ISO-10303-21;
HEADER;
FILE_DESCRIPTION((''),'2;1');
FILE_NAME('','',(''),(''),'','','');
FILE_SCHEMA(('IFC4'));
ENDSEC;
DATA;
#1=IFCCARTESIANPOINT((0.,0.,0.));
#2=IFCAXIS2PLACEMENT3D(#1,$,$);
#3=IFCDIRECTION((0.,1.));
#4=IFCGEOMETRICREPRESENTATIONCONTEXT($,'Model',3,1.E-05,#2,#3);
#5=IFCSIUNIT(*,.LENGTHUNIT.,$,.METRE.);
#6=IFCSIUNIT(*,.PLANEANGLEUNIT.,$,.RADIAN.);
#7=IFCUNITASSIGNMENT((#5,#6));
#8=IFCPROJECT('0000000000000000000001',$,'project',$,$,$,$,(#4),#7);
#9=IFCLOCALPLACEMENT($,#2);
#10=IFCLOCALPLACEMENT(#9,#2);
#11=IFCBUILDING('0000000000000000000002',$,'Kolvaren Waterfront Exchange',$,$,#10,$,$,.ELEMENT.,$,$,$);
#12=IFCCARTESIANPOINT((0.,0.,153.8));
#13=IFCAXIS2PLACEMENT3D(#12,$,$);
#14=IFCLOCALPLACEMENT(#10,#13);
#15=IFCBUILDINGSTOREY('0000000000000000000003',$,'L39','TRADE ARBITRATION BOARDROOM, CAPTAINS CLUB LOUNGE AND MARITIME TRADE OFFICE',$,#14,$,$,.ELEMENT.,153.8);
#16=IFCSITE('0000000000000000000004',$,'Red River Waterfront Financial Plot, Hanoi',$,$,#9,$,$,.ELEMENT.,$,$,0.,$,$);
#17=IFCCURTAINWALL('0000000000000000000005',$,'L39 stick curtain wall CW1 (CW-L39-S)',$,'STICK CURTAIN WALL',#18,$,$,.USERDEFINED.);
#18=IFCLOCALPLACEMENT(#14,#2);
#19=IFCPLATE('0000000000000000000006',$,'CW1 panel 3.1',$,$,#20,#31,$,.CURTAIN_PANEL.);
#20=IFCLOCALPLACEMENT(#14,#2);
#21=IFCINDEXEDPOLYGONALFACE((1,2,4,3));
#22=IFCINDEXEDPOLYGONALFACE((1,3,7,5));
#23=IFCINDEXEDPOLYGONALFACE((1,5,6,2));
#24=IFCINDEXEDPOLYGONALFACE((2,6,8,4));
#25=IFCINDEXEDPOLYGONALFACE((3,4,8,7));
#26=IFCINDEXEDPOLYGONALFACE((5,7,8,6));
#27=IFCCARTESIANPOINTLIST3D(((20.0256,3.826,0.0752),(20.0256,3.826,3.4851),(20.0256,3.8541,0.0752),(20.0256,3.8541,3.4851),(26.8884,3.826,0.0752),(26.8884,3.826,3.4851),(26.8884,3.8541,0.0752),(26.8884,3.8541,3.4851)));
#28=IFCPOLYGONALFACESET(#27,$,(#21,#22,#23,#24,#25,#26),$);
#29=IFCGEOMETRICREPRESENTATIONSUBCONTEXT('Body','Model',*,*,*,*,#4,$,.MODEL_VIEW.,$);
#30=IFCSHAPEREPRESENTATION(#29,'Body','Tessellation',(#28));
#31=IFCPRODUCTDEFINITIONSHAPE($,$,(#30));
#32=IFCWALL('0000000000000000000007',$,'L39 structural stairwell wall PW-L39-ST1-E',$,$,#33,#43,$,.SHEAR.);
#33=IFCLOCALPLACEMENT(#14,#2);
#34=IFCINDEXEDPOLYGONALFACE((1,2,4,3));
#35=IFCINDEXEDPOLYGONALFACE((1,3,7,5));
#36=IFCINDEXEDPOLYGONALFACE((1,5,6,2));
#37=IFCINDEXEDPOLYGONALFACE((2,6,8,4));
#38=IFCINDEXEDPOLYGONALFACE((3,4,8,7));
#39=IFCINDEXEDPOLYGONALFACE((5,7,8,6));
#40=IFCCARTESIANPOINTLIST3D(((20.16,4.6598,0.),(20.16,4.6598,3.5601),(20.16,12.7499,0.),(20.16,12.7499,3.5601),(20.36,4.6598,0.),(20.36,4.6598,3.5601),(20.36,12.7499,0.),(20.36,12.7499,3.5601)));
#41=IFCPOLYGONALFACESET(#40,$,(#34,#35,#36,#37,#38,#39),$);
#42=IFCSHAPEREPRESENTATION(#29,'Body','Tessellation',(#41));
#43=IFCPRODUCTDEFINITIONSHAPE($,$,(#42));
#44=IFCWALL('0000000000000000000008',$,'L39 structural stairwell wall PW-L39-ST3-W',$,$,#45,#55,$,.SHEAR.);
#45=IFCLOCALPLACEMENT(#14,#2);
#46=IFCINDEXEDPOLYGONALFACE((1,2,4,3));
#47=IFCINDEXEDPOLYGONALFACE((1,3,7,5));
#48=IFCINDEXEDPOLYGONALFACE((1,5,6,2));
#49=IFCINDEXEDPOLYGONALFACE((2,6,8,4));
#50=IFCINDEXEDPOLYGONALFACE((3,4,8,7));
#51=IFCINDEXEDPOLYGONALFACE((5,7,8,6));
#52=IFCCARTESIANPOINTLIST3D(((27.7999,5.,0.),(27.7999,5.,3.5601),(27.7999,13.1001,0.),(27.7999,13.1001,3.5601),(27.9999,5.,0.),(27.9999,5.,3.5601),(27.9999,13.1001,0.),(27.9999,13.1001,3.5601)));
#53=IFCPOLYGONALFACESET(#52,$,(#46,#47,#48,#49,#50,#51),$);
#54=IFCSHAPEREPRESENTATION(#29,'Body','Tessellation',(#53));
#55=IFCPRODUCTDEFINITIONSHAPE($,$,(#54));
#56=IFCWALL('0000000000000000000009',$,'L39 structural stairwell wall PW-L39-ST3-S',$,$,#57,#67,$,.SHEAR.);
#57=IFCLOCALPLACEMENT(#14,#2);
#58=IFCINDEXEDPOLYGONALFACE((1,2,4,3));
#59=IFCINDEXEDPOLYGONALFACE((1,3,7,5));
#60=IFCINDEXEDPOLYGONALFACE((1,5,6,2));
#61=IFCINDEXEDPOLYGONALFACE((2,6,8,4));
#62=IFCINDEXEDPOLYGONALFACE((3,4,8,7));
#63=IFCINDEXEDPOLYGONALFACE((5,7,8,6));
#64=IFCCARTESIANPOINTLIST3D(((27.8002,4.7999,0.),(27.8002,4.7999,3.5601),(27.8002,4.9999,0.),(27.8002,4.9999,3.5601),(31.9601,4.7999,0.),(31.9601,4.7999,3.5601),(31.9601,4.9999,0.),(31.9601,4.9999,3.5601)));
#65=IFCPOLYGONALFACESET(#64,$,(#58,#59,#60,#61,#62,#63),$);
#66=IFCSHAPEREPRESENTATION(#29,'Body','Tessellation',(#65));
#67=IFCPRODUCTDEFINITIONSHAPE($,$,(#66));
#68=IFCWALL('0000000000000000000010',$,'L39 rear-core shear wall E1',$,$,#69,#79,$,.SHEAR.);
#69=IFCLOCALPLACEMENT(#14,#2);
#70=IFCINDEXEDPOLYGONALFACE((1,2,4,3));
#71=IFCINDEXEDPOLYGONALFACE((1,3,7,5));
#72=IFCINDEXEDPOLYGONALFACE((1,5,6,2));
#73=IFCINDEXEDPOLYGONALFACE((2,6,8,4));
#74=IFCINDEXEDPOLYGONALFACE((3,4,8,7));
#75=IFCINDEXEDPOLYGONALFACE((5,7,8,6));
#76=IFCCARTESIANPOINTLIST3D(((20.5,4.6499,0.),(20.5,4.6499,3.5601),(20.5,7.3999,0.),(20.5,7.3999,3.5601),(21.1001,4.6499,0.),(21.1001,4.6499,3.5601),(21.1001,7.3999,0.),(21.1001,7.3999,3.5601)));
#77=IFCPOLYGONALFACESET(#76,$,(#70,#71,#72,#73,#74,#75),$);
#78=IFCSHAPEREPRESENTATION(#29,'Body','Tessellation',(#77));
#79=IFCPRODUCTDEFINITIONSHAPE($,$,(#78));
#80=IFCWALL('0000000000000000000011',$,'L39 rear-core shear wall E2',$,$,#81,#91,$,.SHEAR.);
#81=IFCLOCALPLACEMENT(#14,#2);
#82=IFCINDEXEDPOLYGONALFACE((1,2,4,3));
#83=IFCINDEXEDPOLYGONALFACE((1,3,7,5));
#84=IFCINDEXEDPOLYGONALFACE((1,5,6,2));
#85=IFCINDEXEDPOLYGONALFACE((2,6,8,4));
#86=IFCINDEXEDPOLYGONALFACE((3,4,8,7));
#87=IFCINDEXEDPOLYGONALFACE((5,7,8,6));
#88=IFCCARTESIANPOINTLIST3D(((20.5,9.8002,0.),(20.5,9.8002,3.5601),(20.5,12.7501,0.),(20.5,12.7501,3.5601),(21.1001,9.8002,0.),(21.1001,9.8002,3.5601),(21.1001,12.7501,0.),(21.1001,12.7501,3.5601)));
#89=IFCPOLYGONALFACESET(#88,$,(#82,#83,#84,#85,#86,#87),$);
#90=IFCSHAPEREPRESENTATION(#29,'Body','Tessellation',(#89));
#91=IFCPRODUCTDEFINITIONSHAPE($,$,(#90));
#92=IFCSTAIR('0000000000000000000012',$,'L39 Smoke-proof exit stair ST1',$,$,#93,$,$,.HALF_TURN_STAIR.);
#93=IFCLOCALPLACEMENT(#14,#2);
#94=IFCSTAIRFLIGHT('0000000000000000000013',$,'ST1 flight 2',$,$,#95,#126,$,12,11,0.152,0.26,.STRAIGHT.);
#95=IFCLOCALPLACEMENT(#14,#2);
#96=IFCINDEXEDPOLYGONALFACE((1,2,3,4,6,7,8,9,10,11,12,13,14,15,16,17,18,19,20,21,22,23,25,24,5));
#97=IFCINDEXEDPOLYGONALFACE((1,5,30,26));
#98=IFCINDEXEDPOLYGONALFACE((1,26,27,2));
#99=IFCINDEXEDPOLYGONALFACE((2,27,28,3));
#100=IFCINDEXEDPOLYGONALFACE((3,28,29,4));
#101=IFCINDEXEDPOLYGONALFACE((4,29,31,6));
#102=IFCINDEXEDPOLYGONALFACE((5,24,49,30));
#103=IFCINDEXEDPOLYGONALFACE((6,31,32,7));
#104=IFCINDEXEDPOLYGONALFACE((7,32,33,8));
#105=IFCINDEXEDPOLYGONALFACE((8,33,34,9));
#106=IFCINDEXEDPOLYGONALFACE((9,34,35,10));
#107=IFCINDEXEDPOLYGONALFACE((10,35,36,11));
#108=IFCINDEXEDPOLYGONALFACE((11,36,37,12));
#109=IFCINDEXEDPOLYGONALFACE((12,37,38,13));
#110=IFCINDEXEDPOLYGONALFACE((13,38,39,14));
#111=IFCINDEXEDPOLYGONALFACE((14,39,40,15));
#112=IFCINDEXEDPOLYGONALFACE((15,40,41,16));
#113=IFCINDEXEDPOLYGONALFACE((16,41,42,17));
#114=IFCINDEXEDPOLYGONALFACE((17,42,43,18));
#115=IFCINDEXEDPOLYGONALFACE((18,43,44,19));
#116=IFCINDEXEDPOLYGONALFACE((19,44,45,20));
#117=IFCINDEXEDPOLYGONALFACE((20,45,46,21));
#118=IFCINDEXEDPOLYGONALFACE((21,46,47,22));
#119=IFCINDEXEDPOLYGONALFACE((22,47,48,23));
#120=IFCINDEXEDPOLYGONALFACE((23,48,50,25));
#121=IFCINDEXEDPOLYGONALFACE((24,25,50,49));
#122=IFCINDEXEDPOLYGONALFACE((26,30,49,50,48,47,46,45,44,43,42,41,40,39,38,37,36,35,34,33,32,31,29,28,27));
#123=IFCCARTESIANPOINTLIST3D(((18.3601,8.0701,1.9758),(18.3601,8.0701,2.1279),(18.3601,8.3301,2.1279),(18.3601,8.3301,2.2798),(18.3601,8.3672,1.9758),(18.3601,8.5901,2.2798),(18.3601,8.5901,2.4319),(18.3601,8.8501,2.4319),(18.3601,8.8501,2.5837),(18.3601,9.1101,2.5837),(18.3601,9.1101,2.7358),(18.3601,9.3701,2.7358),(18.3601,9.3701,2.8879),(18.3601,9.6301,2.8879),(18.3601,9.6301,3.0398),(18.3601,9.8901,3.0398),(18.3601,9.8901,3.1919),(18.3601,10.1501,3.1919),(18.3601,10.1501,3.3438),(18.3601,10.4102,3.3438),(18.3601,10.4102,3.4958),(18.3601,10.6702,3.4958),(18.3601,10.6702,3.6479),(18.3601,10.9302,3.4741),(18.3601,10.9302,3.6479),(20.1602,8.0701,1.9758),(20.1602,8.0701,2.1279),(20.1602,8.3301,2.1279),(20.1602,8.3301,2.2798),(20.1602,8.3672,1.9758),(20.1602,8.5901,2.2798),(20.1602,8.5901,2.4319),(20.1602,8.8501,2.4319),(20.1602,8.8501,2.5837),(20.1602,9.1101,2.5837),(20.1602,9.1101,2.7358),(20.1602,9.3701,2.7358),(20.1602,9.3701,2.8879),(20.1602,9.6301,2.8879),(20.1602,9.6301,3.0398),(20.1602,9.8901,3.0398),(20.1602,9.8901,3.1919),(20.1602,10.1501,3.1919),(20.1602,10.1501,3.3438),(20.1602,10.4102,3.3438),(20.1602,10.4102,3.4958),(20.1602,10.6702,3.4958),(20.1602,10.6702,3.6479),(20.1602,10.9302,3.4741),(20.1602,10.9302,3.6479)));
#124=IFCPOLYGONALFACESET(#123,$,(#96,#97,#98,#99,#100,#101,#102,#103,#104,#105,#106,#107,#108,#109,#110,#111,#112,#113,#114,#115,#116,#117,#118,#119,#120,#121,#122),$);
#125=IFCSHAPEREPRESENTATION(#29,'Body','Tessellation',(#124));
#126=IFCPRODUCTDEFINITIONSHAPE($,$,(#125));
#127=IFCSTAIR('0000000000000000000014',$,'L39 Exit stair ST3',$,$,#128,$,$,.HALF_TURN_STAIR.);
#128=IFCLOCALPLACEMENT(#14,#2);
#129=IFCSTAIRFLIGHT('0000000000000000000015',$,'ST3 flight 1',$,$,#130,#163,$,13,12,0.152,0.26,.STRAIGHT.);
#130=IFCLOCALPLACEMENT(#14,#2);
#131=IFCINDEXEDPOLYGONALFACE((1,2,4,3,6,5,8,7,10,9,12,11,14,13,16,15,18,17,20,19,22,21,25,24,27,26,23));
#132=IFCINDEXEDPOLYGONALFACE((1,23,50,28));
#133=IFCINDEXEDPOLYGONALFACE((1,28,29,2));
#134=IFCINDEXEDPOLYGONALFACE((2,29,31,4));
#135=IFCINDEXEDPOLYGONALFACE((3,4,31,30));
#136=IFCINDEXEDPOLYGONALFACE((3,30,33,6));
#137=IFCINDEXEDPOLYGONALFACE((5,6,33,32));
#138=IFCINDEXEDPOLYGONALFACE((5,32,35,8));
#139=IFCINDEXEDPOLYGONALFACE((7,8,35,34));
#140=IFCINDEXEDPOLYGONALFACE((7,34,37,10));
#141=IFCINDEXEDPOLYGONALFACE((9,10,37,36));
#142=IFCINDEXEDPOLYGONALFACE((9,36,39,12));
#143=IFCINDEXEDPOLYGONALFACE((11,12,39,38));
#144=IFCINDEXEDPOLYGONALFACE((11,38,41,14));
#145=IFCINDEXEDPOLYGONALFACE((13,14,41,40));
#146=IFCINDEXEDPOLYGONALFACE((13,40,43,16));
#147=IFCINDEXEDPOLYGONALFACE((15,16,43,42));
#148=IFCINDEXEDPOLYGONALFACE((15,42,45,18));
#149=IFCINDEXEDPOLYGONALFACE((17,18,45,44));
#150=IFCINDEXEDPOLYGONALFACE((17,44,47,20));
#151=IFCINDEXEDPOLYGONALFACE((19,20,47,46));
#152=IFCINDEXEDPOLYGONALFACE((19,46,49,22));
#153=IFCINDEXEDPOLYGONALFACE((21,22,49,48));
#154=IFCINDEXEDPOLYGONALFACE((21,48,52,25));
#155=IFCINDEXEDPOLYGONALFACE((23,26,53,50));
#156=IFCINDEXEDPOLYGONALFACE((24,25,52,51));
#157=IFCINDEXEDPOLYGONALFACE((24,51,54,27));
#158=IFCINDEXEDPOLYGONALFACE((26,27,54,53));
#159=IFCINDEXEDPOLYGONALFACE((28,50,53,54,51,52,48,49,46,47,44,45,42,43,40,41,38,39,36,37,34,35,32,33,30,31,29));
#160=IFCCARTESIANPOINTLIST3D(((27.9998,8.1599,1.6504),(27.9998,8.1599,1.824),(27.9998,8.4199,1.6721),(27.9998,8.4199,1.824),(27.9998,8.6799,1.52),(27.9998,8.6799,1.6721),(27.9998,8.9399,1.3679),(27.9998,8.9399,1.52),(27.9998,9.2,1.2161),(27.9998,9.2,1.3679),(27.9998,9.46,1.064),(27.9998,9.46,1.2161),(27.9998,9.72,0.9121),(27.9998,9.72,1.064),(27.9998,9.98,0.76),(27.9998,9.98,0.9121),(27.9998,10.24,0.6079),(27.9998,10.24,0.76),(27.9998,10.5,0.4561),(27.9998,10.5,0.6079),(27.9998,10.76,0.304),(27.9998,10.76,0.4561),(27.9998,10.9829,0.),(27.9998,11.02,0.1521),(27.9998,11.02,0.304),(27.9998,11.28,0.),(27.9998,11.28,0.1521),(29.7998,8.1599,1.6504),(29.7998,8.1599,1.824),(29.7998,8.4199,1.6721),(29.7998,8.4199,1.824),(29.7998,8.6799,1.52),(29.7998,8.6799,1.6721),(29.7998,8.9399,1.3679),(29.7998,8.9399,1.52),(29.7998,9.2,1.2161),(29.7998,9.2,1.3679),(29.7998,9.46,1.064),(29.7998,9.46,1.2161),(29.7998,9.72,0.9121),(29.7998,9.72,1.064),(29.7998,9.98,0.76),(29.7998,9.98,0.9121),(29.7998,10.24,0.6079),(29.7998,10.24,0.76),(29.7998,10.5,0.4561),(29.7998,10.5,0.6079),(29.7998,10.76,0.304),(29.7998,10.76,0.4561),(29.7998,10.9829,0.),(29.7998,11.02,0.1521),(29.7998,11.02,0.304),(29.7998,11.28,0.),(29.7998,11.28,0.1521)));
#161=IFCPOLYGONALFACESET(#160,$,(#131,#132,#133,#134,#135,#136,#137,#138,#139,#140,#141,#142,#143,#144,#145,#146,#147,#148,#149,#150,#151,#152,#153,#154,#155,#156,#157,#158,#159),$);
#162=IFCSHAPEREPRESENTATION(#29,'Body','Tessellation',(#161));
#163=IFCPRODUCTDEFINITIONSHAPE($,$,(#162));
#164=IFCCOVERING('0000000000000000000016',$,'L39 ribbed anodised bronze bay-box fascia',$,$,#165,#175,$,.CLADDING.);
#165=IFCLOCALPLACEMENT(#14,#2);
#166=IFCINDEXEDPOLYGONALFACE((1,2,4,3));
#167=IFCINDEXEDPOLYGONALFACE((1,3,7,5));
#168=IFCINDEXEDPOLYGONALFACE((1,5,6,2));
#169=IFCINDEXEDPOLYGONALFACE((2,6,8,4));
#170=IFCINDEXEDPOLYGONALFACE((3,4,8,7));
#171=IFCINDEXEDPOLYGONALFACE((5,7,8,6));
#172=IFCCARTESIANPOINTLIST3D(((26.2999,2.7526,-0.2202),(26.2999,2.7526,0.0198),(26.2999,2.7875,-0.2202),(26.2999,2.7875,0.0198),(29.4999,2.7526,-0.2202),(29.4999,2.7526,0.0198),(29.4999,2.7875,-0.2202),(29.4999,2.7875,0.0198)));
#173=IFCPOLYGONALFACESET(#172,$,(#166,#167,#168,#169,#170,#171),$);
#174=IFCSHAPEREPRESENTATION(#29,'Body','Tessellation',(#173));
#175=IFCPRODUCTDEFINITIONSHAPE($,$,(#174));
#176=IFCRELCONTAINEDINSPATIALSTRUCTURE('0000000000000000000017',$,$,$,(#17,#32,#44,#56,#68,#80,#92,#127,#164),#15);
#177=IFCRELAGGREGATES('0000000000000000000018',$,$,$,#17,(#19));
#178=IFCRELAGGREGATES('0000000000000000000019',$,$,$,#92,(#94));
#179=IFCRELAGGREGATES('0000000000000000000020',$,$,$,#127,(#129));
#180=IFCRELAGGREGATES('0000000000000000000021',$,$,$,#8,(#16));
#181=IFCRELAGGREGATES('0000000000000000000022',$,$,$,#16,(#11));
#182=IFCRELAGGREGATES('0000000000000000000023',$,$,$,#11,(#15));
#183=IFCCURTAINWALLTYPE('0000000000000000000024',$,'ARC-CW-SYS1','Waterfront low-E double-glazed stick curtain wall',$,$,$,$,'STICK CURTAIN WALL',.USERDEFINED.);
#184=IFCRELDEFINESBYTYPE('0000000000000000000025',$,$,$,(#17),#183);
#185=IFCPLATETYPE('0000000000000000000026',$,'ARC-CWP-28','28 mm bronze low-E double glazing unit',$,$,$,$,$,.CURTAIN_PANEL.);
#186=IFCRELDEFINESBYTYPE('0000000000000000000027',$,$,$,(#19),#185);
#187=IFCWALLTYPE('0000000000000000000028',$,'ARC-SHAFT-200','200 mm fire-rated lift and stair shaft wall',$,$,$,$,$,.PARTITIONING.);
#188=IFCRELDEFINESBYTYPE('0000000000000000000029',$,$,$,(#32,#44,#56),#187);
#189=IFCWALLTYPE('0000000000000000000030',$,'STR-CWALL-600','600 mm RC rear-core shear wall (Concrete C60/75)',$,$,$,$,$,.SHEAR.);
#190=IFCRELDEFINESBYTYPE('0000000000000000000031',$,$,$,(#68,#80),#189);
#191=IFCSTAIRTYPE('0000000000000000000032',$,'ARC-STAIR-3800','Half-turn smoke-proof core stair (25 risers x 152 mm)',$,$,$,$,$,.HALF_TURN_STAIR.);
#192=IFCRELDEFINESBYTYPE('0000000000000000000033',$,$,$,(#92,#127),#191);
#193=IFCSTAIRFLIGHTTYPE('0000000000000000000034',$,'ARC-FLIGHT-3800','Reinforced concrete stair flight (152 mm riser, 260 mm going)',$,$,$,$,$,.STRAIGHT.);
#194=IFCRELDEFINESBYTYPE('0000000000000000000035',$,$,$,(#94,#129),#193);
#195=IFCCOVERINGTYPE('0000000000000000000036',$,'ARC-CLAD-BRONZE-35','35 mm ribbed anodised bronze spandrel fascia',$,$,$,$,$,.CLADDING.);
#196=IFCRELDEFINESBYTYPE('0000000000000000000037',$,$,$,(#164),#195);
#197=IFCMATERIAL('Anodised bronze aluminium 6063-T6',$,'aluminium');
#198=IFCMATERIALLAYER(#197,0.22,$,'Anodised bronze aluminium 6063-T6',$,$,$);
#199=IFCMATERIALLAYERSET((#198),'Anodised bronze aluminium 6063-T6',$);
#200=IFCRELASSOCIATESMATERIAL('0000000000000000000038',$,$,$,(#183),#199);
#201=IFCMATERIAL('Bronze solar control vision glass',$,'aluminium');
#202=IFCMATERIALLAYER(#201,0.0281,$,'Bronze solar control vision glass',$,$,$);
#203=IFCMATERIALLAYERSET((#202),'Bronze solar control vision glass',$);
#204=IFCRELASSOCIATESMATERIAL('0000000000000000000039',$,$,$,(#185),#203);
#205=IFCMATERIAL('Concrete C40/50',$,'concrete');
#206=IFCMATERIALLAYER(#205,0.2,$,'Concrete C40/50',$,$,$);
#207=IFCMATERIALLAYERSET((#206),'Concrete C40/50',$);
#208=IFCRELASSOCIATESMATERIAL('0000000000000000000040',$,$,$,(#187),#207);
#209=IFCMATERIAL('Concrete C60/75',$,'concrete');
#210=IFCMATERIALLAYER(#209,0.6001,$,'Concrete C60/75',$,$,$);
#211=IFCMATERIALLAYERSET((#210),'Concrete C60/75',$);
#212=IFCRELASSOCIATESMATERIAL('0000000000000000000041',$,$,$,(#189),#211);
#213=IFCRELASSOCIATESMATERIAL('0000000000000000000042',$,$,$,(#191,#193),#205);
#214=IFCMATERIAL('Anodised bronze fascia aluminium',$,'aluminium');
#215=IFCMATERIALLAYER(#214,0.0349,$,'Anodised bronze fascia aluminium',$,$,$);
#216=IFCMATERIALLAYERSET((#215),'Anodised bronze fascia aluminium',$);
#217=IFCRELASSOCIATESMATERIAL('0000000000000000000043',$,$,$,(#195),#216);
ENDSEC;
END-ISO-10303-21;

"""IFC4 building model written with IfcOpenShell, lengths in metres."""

from ifc_helpers import new_model, si_unit, direction, frame, frame_2d, origin, origin_with_axes, origin_2d, place, context, subcontext, project, spatial, polyline, rectangle, outline, extrude, source, transform, mapped, material, layer, layer_set, type_object, element, aggregate, save


model = new_model("IFC4")

# Units and contexts
model_context = context("Model", 3, precision=1e-05, world=origin(), true_north=direction((0.0, 1.0)))
body_context = subcontext(model_context, "Body", "Model", "MODEL_VIEW")
ifc_project = project(units=[si_unit("LENGTHUNIT", "METRE"), si_unit("PLANEANGLEUNIT", "RADIAN")], contexts=[model_context])

# Site, building, storey
site_placement = place(None, origin())
site = spatial("IfcSite", under=ifc_project, at=site_placement, Name="Red River Waterfront Financial Plot, Hanoi", CompositionType="ELEMENT", RefElevation=0.0)
building_placement = place(site_placement, origin())
building = spatial("IfcBuilding", under=site, at=building_placement, Name="Kolvaren Waterfront Exchange", CompositionType="ELEMENT")
storey_placement = place(building_placement, frame((0.0, 0.0, 153.8)))
storey = spatial("IfcBuildingStorey", under=building, at=storey_placement, Name="L39", Description="TRADE ARBITRATION BOARDROOM, CAPTAINS CLUB LOUNGE AND MARITIME TRADE OFFICE", CompositionType="ELEMENT", Elevation=153.8)

# Shared definitions
ifc_material_1 = material(Name="Concrete C60/75", Category="concrete")

# Shared definitions
ifc_material_2 = material(Name="Anodised bronze aluminium 6063-T6", Category="aluminium")

# Curtain wall
ifc_layer_1 = layer(ifc_material_2, 0.22, Name="Anodised bronze aluminium 6063-T6")
ifc_layer_set_1 = layer_set([ifc_layer_1], Name="Anodised bronze aluminium 6063-T6")
curtain_wall_type_1 = type_object("IfcCurtainWallType", Name="ARC-CW-SYS1", Description="Waterfront low-E double-glazed stick curtain wall", ElementType="STICK CURTAIN WALL", PredefinedType="USERDEFINED", material=ifc_layer_set_1)
curtain_wall_1_placement = place(storey_placement, origin())
curtain_wall_1 = element("IfcCurtainWall", 1, at=curtain_wall_1_placement, inside=storey, type_object=curtain_wall_type_1, Name="L39 stick curtain wall CW1 (CW-L39-S)", ObjectType="STICK CURTAIN WALL", PredefinedType="USERDEFINED")

# Plate
ifc_material_3 = material(Name="Bronze solar control vision glass", Category="aluminium")
ifc_layer_2 = layer(ifc_material_3, 0.0281, Name="Bronze solar control vision glass")
ifc_layer_set_2 = layer_set([ifc_layer_2], Name="Bronze solar control vision glass")
plate_type_1 = type_object("IfcPlateType", Name="ARC-CWP-28", Description="28 mm bronze low-E double glazing unit", PredefinedType="CURTAIN_PANEL", material=ifc_layer_set_2)
shared_shape_1 = source(origin_with_axes(), body_context, "Body", "SweptSolid", [
    extrude(rectangle(XDim=6.8628, YDim=0.0281, at=origin_2d()), origin(), (0.0, 0.0, 1.0), 3.4099),
])
plate_1_placement = place(storey_placement, frame((23.457, 3.8401, 0.0752), z_axis=(0.0, 0.0, 1.0), x_axis=(1.0, 0.0, 0.0)))
plate_1 = element("IfcPlate", 2, at=plate_1_placement, type_object=plate_type_1, Name="CW1 panel 3.1", PredefinedType="CURTAIN_PANEL", context=body_context, shape_type="MappedRepresentation", body=[
    mapped(shared_shape_1, transform((0.0, 0.0, 0.0), x_axis=(1.0, 0.0, 0.0), y_axis=(0.0, 1.0, 0.0), z_axis=(0.0, 0.0, 1.0), scale=1.0)),
])
aggregate(curtain_wall_1, [plate_1])

# Walls
ifc_material_4 = material(Name="Concrete C40/50", Category="concrete")
ifc_layer_3 = layer(ifc_material_4, 0.2, Name="Concrete C40/50")
ifc_layer_set_3 = layer_set([ifc_layer_3], Name="Concrete C40/50")
wall_type_1 = type_object("IfcWallType", Name="ARC-SHAFT-200", Description="200 mm fire-rated lift and stair shaft wall", PredefinedType="PARTITIONING", material=ifc_layer_set_3)
wall_1_placement = place(storey_placement, frame((20.26, 4.6599, 0.0), z_axis=(0.0, 0.0, 1.0), x_axis=(0.0, 1.0, 0.0)))
element("IfcWall", 3, at=wall_1_placement, inside=storey, type_object=wall_type_1, Name="L39 structural stairwell wall PW-L39-ST1-E", PredefinedType="SHEAR", context=body_context, shape_type="SweptSolid", body=[
    extrude(rectangle(XDim=8.0901, YDim=0.2, at=frame_2d((4.0449, 0.0))), origin(), (0.0, 0.0, 1.0), 3.5601),
])
wall_2_placement = place(storey_placement, frame((27.8999, 5.0, 0.0), z_axis=(0.0, 0.0, 1.0), x_axis=(0.0, 1.0, 0.0)))
element("IfcWall", 4, at=wall_2_placement, inside=storey, type_object=wall_type_1, Name="L39 structural stairwell wall PW-L39-ST3-W", PredefinedType="SHEAR", context=body_context, shape_type="SweptSolid", body=[
    extrude(rectangle(XDim=8.1001, YDim=0.2, at=frame_2d((4.05, 0.0))), origin(), (0.0, 0.0, 1.0), 3.5601),
])
wall_3_placement = place(storey_placement, frame((27.8, 4.8999, 0.0), z_axis=(0.0, 0.0, 1.0), x_axis=(1.0, 0.0, 0.0)))
element("IfcWall", 5, at=wall_3_placement, inside=storey, type_object=wall_type_1, Name="L39 structural stairwell wall PW-L39-ST3-S", PredefinedType="SHEAR", context=body_context, shape_type="SweptSolid", body=[
    extrude(rectangle(XDim=4.1599, YDim=0.2, at=frame_2d((2.0801, 0.0))), origin(), (0.0, 0.0, 1.0), 3.5601),
])
ifc_layer_4 = layer(ifc_material_1, 0.6001, Name="Concrete C60/75")
ifc_layer_set_4 = layer_set([ifc_layer_4], Name="Concrete C60/75")
wall_type_2 = type_object("IfcWallType", Name="STR-CWALL-600", Description="600 mm RC rear-core shear wall (Concrete C60/75)", PredefinedType="SHEAR", material=ifc_layer_set_4)
wall_4_placement = place(storey_placement, frame((20.8, 4.6499, 0.0), z_axis=(0.0, 0.0, 1.0), x_axis=(0.0, 1.0, 0.0)))
element("IfcWall", 6, at=wall_4_placement, inside=storey, type_object=wall_type_2, Name="L39 rear-core shear wall E1", PredefinedType="SHEAR", context=body_context, shape_type="SweptSolid", body=[
    extrude(rectangle(XDim=2.75, YDim=0.6001, at=frame_2d((1.375, 0.0))), origin(), (0.0, 0.0, 1.0), 3.5601),
])
wall_5_placement = place(storey_placement, frame((20.8, 9.8, 0.0), z_axis=(0.0, 0.0, 1.0), x_axis=(0.0, 1.0, 0.0)))
element("IfcWall", 7, at=wall_5_placement, inside=storey, type_object=wall_type_2, Name="L39 rear-core shear wall E2", PredefinedType="SHEAR", context=body_context, shape_type="SweptSolid", body=[
    extrude(rectangle(XDim=2.95, YDim=0.6001, at=frame_2d((1.4751, 0.0))), origin(), (0.0, 0.0, 1.0), 3.5601),
])

# Stairs, stair flights
stair_type = type_object("IfcStairType", Name="ARC-STAIR-3800", Description="Half-turn smoke-proof core stair (25 risers x 152 mm)", PredefinedType="HALF_TURN_STAIR", material=ifc_material_4)
stair_1_placement = place(storey_placement, origin())
stair_1 = element("IfcStair", 8, at=stair_1_placement, inside=storey, type_object=stair_type, Name="L39 Smoke-proof exit stair ST1", PredefinedType="HALF_TURN_STAIR")
stair_flight_type = type_object("IfcStairFlightType", Name="ARC-FLIGHT-3800", Description="Reinforced concrete stair flight (152 mm riser, 260 mm going)", PredefinedType="STRAIGHT", material=ifc_material_4)
stair_flight_1_placement = place(storey_placement, frame((19.26, 8.0701, 1.9758), z_axis=(0.0, 0.0, 1.0), x_axis=(0.0, 1.0, 0.0)))
stair_flight_1 = element("IfcStairFlight", 9, at=stair_flight_1_placement, type_object=stair_flight_type, Name="ST1 flight 2", NumberOfRisers=12, NumberOfTreads=11, PredefinedType="STRAIGHT", RiserHeight=0.152, TreadLength=0.26, context=body_context, shape_type="SweptSolid", body=[
    extrude(outline(polyline([(0.0, 0.0), (0.0, 0.1521), (0.26, 0.1521), (0.26, 0.304), (0.52, 0.304), (0.52, 0.4561), (0.78, 0.4561), (0.78, 0.6079), (1.04, 0.6079), (1.04, 0.76), (1.3, 0.76), (1.3, 0.9121), (1.5601, 0.9121), (1.5601, 1.064), (1.8201, 1.064), (1.8201, 1.2161), (2.0801, 1.2161), (2.0801, 1.3679), (2.3401, 1.3679), (2.3401, 1.52), (2.6001, 1.52), (2.6001, 1.6721), (2.8601, 1.6721), (2.8601, 1.824), (2.8601, 1.4983), (0.2971, 0.0), (0.0, 0.0)])), frame((0.0, 0.8999, 0.0), z_axis=(0.0, -1.0, 0.0), x_axis=(1.0, 0.0, 0.0)), (0.0, 0.0, 1.0), 1.8),
])
aggregate(stair_1, [stair_flight_1])
stair_2_placement = place(storey_placement, origin())
stair_2 = element("IfcStair", 10, at=stair_2_placement, inside=storey, type_object=stair_type, Name="L39 Exit stair ST3", PredefinedType="HALF_TURN_STAIR")
stair_flight_2_placement = place(storey_placement, frame((28.8999, 11.28, 0.0), z_axis=(0.0, 0.0, 1.0), x_axis=(0.0, -1.0, 0.0)))
stair_flight_2 = element("IfcStairFlight", 11, at=stair_flight_2_placement, type_object=stair_flight_type, Name="ST3 flight 1", NumberOfRisers=13, NumberOfTreads=12, PredefinedType="STRAIGHT", RiserHeight=0.152, TreadLength=0.26, context=body_context, shape_type="SweptSolid", body=[
    extrude(outline(polyline([(0.0, 0.0), (0.0, 0.1521), (0.26, 0.1521), (0.26, 0.304), (0.52, 0.304), (0.52, 0.4561), (0.78, 0.4561), (0.78, 0.6079), (1.04, 0.6079), (1.04, 0.76), (1.3, 0.76), (1.3, 0.9121), (1.5601, 0.9121), (1.5601, 1.064), (1.8201, 1.064), (1.8201, 1.2161), (2.0801, 1.2161), (2.0801, 1.3679), (2.3401, 1.3679), (2.3401, 1.52), (2.6001, 1.52), (2.6001, 1.6721), (2.8601, 1.6721), (2.8601, 1.824), (3.1201, 1.824), (3.1201, 1.9761), (3.1201, 1.6504), (0.2971, 0.0), (0.0, 0.0)])), frame((0.0, 0.8999, 0.0), z_axis=(0.0, -1.0, 0.0), x_axis=(1.0, 0.0, 0.0)), (0.0, 0.0, 1.0), 1.8),
])
aggregate(stair_2, [stair_flight_2])

# Covering
ifc_material_5 = material(Name="Anodised bronze fascia aluminium", Category="aluminium")
ifc_layer_5 = layer(ifc_material_5, 0.0349, Name="Anodised bronze fascia aluminium")
ifc_layer_set_5 = layer_set([ifc_layer_5], Name="Anodised bronze fascia aluminium")
covering_type = type_object("IfcCoveringType", Name="ARC-CLAD-BRONZE-35", Description="35 mm ribbed anodised bronze spandrel fascia", PredefinedType="CLADDING", material=ifc_layer_set_5)
covering_placement = place(storey_placement, frame((27.8999, 2.77, -0.2202), z_axis=(0.0, 0.0, 1.0), x_axis=(1.0, 0.0, 0.0)))
element("IfcCovering", 12, at=covering_placement, inside=storey, type_object=covering_type, Name="L39 ribbed anodised bronze bay-box fascia", PredefinedType="CLADDING", context=body_context, shape_type="SweptSolid", body=[
    extrude(rectangle(XDim=3.2, YDim=0.0349, at=origin_2d()), origin(), (0.0, 0.0, 1.0), 0.24),
])

save(model, "model.ifc")
